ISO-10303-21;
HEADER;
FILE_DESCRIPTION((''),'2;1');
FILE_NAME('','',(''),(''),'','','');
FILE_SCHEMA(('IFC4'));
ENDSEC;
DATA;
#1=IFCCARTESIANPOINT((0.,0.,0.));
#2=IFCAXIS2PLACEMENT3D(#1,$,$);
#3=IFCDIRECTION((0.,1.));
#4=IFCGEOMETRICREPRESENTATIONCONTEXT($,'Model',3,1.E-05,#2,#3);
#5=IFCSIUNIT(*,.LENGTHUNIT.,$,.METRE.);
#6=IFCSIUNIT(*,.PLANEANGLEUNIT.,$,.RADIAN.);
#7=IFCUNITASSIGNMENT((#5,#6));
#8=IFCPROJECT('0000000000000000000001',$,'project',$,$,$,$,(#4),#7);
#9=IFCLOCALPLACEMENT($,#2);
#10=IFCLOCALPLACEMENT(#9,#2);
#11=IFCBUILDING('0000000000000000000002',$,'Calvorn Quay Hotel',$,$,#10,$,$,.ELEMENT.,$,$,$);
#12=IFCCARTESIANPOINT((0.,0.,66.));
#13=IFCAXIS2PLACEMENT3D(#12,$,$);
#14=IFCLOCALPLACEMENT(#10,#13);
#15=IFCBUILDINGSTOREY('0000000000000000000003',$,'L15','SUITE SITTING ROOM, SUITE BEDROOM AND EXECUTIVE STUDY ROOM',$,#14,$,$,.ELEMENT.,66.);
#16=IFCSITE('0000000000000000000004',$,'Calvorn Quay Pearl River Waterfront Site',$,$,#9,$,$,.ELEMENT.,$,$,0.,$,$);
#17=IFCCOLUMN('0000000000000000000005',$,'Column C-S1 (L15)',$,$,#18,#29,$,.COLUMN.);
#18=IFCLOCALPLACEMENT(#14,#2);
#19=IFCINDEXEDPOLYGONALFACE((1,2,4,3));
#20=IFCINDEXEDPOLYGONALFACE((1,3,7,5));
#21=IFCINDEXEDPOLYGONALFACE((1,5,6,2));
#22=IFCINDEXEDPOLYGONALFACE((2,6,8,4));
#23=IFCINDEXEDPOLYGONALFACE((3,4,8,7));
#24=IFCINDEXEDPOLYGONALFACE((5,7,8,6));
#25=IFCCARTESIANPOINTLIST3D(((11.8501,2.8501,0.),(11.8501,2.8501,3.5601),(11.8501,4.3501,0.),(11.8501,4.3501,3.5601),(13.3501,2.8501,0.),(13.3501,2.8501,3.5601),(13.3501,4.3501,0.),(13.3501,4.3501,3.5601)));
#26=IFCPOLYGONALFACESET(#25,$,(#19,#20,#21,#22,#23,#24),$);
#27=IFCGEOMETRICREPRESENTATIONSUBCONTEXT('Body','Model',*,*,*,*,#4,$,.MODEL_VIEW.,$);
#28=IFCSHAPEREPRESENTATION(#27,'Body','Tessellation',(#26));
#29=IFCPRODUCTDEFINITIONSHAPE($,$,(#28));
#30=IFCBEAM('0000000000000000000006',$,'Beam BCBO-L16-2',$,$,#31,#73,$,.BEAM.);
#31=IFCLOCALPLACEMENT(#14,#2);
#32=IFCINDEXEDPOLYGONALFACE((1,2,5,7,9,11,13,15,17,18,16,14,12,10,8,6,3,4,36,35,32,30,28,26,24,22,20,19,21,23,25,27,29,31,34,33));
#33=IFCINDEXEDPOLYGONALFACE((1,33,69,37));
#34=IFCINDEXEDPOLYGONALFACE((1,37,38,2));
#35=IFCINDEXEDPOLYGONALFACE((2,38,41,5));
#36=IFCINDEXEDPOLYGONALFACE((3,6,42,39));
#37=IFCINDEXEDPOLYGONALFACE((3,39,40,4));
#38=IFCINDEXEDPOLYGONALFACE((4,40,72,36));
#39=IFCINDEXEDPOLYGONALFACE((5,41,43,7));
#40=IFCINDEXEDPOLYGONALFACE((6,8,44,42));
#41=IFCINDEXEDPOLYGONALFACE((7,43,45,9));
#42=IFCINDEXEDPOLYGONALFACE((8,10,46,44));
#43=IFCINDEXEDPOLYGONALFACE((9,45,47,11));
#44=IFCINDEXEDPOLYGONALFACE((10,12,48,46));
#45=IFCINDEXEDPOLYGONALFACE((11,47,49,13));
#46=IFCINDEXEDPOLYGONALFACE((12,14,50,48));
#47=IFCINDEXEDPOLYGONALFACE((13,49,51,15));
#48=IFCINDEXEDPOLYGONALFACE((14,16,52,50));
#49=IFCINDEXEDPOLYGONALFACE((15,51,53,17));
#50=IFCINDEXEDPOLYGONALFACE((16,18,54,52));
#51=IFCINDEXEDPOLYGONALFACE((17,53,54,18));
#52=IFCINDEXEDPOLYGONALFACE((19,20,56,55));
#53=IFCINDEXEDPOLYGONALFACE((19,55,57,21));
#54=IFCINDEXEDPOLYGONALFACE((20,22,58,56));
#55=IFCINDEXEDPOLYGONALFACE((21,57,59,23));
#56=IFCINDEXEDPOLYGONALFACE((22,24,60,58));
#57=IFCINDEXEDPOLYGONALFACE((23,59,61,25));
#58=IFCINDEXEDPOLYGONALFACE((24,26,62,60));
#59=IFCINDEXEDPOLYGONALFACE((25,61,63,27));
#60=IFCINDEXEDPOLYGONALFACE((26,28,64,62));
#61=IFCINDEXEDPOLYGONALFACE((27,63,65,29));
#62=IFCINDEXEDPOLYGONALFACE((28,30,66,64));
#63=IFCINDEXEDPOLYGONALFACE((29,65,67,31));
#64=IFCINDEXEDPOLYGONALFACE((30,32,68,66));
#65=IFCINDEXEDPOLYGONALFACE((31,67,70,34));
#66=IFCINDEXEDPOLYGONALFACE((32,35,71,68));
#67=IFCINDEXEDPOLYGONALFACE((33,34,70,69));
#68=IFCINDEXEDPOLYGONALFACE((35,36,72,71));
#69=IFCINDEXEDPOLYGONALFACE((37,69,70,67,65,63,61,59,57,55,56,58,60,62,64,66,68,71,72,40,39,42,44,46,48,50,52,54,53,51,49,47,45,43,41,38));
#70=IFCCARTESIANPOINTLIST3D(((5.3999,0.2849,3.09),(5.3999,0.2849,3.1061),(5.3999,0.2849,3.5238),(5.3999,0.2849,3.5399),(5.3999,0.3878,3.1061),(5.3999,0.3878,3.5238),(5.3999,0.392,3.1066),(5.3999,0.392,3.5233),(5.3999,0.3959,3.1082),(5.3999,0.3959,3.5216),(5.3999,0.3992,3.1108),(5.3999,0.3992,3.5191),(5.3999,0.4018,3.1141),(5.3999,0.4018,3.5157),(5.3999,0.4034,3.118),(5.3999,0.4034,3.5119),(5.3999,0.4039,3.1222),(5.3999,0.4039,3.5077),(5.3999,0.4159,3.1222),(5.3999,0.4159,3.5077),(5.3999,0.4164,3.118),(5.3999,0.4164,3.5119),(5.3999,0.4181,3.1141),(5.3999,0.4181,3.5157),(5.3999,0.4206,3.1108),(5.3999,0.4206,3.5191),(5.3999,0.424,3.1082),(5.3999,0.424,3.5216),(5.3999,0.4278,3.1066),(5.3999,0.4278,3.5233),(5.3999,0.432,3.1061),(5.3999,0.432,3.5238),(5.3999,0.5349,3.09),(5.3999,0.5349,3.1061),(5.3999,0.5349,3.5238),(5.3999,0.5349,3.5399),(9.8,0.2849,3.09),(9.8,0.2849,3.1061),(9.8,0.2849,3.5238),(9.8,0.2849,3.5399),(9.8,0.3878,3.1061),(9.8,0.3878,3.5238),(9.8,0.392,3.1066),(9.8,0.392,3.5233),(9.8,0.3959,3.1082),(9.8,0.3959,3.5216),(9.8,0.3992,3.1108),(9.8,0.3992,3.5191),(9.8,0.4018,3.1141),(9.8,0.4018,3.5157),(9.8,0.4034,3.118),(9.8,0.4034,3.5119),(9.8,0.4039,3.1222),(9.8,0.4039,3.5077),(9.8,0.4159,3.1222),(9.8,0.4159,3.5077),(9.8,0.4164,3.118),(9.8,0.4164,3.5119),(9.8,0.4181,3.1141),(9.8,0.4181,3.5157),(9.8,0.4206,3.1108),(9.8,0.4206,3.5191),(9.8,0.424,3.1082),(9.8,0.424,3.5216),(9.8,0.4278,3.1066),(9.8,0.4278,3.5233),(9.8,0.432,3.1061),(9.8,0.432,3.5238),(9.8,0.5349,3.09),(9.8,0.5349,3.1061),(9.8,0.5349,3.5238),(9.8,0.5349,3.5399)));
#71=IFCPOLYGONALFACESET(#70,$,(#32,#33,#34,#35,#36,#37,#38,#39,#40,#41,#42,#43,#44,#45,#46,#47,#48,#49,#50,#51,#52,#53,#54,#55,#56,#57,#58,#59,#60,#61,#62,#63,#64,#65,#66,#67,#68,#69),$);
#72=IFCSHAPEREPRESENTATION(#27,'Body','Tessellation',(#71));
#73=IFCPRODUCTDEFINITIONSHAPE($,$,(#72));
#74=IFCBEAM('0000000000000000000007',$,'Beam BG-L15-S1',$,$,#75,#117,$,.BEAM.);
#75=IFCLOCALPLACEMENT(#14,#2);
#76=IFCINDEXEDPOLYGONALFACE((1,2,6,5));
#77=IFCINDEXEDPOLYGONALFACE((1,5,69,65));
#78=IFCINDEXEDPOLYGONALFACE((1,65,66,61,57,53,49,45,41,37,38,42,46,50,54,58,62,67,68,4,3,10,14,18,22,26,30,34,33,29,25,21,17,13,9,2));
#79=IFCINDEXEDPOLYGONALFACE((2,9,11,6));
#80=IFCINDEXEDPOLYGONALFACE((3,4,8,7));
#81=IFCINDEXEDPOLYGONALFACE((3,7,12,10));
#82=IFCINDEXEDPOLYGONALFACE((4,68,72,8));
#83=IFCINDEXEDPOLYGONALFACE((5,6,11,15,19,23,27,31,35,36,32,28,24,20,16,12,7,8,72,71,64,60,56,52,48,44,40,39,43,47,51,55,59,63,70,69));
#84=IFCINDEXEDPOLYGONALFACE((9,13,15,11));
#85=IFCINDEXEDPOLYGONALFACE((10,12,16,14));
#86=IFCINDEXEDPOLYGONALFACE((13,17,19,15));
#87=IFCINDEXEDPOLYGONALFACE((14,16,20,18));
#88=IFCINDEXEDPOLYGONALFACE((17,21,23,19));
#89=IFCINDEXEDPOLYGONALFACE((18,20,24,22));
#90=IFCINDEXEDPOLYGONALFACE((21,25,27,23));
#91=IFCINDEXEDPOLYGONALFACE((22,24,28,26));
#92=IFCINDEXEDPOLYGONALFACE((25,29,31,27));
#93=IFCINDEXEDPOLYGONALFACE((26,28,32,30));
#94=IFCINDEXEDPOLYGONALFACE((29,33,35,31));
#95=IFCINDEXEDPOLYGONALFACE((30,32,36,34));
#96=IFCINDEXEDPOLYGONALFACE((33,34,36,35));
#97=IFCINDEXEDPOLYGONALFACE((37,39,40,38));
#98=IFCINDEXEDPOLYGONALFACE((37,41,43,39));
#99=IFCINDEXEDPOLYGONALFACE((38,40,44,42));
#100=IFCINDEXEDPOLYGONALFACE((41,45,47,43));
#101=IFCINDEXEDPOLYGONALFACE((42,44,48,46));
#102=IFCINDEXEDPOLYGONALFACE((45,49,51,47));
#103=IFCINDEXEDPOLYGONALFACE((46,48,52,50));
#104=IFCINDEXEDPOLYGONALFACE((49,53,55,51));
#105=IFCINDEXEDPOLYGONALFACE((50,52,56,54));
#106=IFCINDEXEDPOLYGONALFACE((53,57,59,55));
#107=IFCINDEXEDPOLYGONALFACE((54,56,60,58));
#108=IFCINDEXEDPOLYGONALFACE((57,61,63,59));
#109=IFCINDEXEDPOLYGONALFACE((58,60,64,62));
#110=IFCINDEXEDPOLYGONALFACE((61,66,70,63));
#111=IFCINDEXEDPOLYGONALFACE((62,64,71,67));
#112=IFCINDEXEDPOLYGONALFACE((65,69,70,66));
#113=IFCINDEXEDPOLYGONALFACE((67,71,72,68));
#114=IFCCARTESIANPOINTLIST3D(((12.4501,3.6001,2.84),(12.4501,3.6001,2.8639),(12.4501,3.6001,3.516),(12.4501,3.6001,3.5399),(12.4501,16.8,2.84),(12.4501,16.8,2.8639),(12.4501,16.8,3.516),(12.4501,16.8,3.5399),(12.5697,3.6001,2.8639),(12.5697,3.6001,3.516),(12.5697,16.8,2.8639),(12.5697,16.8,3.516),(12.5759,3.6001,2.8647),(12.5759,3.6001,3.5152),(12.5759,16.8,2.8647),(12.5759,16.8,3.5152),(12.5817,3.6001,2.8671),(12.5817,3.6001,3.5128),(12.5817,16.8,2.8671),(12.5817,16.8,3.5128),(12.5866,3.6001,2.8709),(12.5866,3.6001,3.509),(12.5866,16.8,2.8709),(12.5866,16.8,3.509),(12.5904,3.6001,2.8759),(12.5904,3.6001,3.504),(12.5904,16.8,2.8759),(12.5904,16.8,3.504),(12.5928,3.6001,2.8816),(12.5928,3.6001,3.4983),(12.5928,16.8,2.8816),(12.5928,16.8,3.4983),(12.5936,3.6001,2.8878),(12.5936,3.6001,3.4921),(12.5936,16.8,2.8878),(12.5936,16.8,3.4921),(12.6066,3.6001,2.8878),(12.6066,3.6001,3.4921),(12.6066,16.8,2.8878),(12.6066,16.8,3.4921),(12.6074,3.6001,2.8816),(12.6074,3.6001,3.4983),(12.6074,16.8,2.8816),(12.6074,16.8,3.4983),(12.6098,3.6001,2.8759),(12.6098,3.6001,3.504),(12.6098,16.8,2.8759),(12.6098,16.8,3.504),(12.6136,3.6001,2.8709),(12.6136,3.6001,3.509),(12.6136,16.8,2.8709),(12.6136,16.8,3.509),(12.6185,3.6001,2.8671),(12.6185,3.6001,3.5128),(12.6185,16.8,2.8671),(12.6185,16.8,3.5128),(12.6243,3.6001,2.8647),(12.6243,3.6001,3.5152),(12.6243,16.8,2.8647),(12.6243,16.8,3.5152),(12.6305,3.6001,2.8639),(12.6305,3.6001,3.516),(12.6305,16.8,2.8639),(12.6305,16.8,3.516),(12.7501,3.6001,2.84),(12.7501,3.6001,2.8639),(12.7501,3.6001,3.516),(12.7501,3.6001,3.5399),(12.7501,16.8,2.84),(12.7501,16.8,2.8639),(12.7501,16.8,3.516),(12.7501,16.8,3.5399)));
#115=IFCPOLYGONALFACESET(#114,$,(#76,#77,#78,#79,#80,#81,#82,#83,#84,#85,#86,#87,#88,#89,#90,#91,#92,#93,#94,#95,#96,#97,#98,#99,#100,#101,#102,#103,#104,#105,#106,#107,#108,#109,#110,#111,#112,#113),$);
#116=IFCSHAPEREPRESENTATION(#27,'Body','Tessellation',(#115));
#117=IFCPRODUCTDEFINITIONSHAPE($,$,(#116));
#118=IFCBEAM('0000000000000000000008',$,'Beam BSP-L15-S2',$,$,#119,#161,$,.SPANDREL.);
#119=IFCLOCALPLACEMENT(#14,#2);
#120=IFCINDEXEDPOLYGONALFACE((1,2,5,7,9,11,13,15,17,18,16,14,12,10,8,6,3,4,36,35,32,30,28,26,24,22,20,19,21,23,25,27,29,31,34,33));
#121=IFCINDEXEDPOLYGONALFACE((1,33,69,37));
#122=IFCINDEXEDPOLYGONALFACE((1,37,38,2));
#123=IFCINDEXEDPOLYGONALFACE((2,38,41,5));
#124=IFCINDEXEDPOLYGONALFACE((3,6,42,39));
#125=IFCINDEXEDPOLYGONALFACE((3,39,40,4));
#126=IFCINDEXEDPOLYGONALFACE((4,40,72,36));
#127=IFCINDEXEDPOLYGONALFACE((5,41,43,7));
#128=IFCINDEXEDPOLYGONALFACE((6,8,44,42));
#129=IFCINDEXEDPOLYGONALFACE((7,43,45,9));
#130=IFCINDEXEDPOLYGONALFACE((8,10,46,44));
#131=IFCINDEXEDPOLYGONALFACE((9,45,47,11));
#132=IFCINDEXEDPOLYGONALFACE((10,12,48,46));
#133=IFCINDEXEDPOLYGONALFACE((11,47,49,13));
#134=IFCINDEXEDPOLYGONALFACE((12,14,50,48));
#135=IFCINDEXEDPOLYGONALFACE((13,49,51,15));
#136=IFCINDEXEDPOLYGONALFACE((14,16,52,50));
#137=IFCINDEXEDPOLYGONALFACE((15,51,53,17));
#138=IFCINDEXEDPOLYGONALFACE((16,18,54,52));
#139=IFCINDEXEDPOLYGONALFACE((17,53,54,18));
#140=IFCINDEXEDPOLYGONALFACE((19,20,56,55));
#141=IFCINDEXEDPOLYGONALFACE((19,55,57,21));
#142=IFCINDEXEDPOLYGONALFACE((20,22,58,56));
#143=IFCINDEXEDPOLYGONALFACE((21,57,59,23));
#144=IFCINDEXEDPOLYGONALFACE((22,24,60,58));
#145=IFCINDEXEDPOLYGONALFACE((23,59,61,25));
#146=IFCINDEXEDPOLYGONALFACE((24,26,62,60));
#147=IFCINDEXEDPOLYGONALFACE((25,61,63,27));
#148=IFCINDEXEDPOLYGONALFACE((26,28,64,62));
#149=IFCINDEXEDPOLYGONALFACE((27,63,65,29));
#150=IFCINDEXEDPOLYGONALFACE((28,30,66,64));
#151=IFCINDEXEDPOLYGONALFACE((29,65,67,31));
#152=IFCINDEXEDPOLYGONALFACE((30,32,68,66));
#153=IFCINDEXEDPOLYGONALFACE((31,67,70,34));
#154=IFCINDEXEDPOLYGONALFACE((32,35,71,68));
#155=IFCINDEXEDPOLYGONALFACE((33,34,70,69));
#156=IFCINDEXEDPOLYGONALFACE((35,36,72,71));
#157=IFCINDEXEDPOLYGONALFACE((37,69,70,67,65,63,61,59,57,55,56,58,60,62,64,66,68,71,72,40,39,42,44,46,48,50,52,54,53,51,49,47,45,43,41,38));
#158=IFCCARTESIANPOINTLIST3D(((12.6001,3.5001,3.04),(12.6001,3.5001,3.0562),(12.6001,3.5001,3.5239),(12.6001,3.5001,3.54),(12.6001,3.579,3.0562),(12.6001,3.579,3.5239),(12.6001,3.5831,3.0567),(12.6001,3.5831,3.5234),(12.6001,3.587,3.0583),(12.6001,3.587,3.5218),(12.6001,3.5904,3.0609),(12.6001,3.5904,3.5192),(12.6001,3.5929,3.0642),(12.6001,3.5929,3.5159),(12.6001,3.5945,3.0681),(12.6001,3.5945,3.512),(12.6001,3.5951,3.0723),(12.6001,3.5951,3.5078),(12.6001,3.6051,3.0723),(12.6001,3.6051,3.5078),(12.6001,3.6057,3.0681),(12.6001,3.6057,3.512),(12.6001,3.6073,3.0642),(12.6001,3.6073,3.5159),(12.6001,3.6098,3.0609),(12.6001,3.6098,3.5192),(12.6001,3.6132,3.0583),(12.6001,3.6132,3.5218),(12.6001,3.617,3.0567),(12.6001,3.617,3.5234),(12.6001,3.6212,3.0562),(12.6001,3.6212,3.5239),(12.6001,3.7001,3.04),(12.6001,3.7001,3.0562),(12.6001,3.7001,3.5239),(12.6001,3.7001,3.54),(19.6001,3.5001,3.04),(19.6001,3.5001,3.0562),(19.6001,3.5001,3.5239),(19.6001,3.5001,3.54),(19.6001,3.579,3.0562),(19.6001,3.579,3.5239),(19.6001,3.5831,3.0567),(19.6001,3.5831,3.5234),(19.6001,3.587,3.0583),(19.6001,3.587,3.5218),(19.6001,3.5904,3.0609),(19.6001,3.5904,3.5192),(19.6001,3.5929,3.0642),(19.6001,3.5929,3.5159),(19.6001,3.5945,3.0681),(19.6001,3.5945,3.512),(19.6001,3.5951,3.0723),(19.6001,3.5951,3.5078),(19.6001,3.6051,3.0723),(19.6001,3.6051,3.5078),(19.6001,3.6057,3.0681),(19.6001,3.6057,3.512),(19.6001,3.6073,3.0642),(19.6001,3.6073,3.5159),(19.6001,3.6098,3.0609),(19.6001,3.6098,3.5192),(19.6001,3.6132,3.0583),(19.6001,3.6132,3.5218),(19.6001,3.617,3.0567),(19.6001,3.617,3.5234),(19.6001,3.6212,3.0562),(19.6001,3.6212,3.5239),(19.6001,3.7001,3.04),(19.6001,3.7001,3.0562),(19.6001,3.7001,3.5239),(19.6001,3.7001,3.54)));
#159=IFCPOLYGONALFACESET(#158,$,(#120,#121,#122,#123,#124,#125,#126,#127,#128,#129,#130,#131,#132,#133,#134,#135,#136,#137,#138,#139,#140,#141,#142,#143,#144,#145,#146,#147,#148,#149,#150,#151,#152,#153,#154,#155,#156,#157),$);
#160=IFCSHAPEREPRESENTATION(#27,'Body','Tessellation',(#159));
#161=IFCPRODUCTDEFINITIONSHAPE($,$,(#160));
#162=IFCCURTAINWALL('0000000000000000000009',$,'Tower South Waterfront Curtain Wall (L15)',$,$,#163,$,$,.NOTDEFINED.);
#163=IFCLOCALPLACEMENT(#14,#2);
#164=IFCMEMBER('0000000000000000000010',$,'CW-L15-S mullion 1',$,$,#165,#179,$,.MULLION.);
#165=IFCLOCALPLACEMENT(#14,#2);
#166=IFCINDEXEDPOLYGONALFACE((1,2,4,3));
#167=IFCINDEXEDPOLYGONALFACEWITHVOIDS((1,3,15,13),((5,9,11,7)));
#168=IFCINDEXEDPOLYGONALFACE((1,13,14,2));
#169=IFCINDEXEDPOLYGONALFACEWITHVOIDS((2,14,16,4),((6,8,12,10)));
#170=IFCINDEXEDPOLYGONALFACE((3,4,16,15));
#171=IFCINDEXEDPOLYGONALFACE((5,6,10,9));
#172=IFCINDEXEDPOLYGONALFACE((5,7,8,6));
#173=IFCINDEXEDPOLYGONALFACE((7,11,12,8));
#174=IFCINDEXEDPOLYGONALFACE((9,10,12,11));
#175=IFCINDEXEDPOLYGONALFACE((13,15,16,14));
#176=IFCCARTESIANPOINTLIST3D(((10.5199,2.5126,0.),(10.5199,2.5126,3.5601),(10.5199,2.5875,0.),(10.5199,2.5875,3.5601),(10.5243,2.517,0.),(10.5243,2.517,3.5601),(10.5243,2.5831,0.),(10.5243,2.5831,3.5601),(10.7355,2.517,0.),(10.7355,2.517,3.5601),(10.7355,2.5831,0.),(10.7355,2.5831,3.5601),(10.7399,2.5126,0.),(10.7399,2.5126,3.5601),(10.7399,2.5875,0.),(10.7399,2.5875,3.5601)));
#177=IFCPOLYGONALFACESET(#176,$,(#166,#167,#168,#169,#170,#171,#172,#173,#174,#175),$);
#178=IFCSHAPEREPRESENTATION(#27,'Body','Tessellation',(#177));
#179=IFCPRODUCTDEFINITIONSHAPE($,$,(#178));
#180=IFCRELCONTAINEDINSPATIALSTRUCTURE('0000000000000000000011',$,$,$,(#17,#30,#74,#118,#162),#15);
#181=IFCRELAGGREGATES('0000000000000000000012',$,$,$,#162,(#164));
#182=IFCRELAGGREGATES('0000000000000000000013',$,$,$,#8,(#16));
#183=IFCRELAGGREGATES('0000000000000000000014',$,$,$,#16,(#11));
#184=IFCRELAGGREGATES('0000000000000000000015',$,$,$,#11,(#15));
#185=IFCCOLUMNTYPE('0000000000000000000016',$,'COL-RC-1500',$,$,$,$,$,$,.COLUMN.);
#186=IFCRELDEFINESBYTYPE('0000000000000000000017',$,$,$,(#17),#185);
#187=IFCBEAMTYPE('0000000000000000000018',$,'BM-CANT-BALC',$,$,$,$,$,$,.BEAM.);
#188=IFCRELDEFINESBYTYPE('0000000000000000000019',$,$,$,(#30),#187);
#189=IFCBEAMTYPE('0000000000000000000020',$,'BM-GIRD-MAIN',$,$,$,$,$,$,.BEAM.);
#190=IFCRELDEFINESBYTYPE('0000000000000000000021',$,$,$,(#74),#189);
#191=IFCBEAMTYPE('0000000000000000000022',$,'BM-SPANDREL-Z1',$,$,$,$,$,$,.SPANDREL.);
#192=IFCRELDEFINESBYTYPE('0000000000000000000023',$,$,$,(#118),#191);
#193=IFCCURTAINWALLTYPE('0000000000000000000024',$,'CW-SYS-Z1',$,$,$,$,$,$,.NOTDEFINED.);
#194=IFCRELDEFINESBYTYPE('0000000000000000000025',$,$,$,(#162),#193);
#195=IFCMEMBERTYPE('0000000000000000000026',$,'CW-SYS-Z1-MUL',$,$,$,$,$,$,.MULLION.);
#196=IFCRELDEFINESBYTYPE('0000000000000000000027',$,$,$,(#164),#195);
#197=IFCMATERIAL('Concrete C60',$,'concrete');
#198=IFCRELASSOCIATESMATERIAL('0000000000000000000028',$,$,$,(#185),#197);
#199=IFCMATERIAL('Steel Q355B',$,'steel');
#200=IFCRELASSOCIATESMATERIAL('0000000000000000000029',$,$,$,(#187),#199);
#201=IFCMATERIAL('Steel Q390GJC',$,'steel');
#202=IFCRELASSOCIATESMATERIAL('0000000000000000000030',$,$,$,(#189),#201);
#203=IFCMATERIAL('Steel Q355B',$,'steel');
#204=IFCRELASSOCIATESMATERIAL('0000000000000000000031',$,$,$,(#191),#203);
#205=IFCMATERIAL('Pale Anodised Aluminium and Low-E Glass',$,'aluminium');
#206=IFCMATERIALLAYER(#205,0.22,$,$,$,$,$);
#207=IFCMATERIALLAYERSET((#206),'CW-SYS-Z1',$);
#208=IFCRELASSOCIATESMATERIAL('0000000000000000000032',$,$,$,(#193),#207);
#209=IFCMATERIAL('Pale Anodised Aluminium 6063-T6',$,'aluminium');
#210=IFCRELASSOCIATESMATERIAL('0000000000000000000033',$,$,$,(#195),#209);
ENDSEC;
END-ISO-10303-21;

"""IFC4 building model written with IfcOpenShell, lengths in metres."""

from ifc_helpers import new_model, si_unit, direction, frame, origin, origin_2d, place, context, subcontext, project, spatial, rectangle, hollow_rectangle, i_section, extrude, material, layer, layer_set, material_profile, profile_set, type_object, element, aggregate, save


model = new_model("IFC4")

# Units and contexts
model_context = context("Model", 3, precision=1e-05, world=origin(), true_north=direction((0.0, 1.0)))
body_context = subcontext(model_context, "Body", "Model", "MODEL_VIEW")
ifc_project = project(units=[si_unit("LENGTHUNIT", "METRE"), si_unit("PLANEANGLEUNIT", "RADIAN")], contexts=[model_context])

# Site, building, storey
site_placement = place(None, origin())
site = spatial("IfcSite", under=ifc_project, at=site_placement, Name="Calvorn Quay Pearl River Waterfront Site", CompositionType="ELEMENT", RefElevation=0.0)
building_placement = place(site_placement, origin())
building = spatial("IfcBuilding", under=site, at=building_placement, Name="Calvorn Quay Hotel", CompositionType="ELEMENT")
storey_placement = place(building_placement, frame((0.0, 0.0, 66.0)))
storey = spatial("IfcBuildingStorey", under=building, at=storey_placement, Name="L15", Description="SUITE SITTING ROOM, SUITE BEDROOM AND EXECUTIVE STUDY ROOM", CompositionType="ELEMENT", Elevation=66.0)

# Column
ifc_material_1 = material(Name="Concrete C60", Category="concrete")
ifc_material_profile_1 = material_profile(ifc_material_1, rectangle(XDim=1.5, YDim=1.5, at=origin_2d()), Name="RC1500x1500")
ifc_profile_set_1 = profile_set([ifc_material_profile_1], Name="Concrete C60")
column_type = type_object("IfcColumnType", Name="COL-RC-1500", PredefinedType="COLUMN", material=ifc_profile_set_1)
column_placement = place(storey_placement, frame((12.6001, 3.6001, 0.0), z_axis=(0.0, 0.0, 1.0), x_axis=(1.0, 0.0, 0.0)))
element("IfcColumn", 1, at=column_placement, inside=storey, type_object=column_type, Name="Column C-S1 (L15)", PredefinedType="COLUMN", context=body_context, shape_type="SweptSolid", body=[
    extrude(rectangle(XDim=1.5, YDim=1.5, at=origin_2d()), origin(), (0.0, 0.0, 1.0), 3.5601),
])

# Beams
ifc_material_2 = material(Name="Steel Q355B", Category="steel")
ifc_material_profile_2 = material_profile(ifc_material_2, i_section(OverallWidth=0.25, OverallDepth=0.45, WebThickness=0.012, FlangeThickness=0.0161, FilletRadius=0.0161, at=origin_2d()), Name="HN450x250x12x16")
ifc_profile_set_2 = profile_set([ifc_material_profile_2], Name="Steel Q355B")
beam_type_1 = type_object("IfcBeamType", Name="BM-CANT-BALC", PredefinedType="BEAM", material=ifc_profile_set_2)
beam_1_placement = place(storey_placement, frame((5.3999, 0.4099, 3.3149), z_axis=(1.0, 0.0, 0.0), x_axis=(0.0, 1.0, 0.0)))
element("IfcBeam", 2, at=beam_1_placement, inside=storey, type_object=beam_type_1, Name="Beam BCBO-L16-2", PredefinedType="BEAM", context=body_context, shape_type="SweptSolid", body=[
    extrude(i_section(OverallWidth=0.25, OverallDepth=0.45, WebThickness=0.012, FlangeThickness=0.0161, FilletRadius=0.0161, at=origin_2d()), origin(), (0.0, 0.0, 1.0), 4.4001),
])
ifc_material_3 = material(Name="Steel Q390GJC", Category="steel")
ifc_material_profile_3 = material_profile(ifc_material_3, i_section(OverallWidth=0.3, OverallDepth=0.7, WebThickness=0.0129, FlangeThickness=0.0239, FilletRadius=0.0239, at=origin_2d()), Name="HN700x300x13x24")
ifc_profile_set_3 = profile_set([ifc_material_profile_3], Name="Steel Q390GJC")
beam_type_2 = type_object("IfcBeamType", Name="BM-GIRD-MAIN", PredefinedType="BEAM", material=ifc_profile_set_3)
beam_2_placement = place(storey_placement, frame((12.6001, 3.6001, 3.1899), z_axis=(0.0, 1.0, 0.0), x_axis=(-1.0, 0.0, 0.0)))
element("IfcBeam", 3, at=beam_2_placement, inside=storey, type_object=beam_type_2, Name="Beam BG-L15-S1", PredefinedType="BEAM", context=body_context, shape_type="SweptSolid", body=[
    extrude(i_section(OverallWidth=0.3, OverallDepth=0.7, WebThickness=0.0129, FlangeThickness=0.0239, FilletRadius=0.0239, at=origin_2d()), origin(), (0.0, 0.0, 1.0), 13.2),
])
ifc_material_4 = material(Name="Steel Q355B", Category="steel")
ifc_material_profile_4 = material_profile(ifc_material_4, i_section(OverallWidth=0.2, OverallDepth=0.5, WebThickness=0.01, FlangeThickness=0.0161, FilletRadius=0.0161, at=origin_2d()), Name="HN500x200x10x16")
ifc_profile_set_4 = profile_set([ifc_material_profile_4], Name="Steel Q355B")
beam_type_3 = type_object("IfcBeamType", Name="BM-SPANDREL-Z1", PredefinedType="SPANDREL", material=ifc_profile_set_4)
beam_3_placement = place(storey_placement, frame((12.6001, 3.6001, 3.29), z_axis=(1.0, 0.0, 0.0), x_axis=(0.0, 1.0, 0.0)))
element("IfcBeam", 4, at=beam_3_placement, inside=storey, type_object=beam_type_3, Name="Beam BSP-L15-S2", PredefinedType="SPANDREL", context=body_context, shape_type="SweptSolid", body=[
    extrude(i_section(OverallWidth=0.2, OverallDepth=0.5, WebThickness=0.01, FlangeThickness=0.0161, FilletRadius=0.0161, at=origin_2d()), origin(), (0.0, 0.0, 1.0), 7.0),
])

# Curtain wall, member
ifc_material_5 = material(Name="Pale Anodised Aluminium and Low-E Glass", Category="aluminium")
ifc_layer_1 = layer(ifc_material_5, 0.22)
ifc_layer_set_1 = layer_set([ifc_layer_1], Name="CW-SYS-Z1")
curtain_wall_type = type_object("IfcCurtainWallType", Name="CW-SYS-Z1", PredefinedType="NOTDEFINED", material=ifc_layer_set_1)
curtain_wall_placement = place(storey_placement, origin())
curtain_wall = element("IfcCurtainWall", 5, at=curtain_wall_placement, inside=storey, type_object=curtain_wall_type, Name="Tower South Waterfront Curtain Wall (L15)", PredefinedType="NOTDEFINED")
ifc_material_6 = material(Name="Pale Anodised Aluminium 6063-T6", Category="aluminium")
ifc_material_profile_5 = material_profile(ifc_material_6, hollow_rectangle(XDim=0.075, YDim=0.22, WallThickness=0.0044, at=origin_2d()), Name="ALU-M220x75x4.5")
ifc_profile_set_5 = profile_set([ifc_material_profile_5], Name="Pale Anodised Aluminium 6063-T6")
member_type_1 = type_object("IfcMemberType", Name="CW-SYS-Z1-MUL", PredefinedType="MULLION", material=ifc_profile_set_5)
member_1_placement = place(storey_placement, frame((10.6299, 2.55, 0.0), z_axis=(0.0, 0.0, 1.0), x_axis=(0.0, 1.0, 0.0)))
member_1 = element("IfcMember", 6, at=member_1_placement, type_object=member_type_1, Name="CW-L15-S mullion 1", PredefinedType="MULLION", context=body_context, shape_type="SweptSolid", body=[
    extrude(hollow_rectangle(XDim=0.075, YDim=0.22, WallThickness=0.0044, at=origin_2d()), origin(), (0.0, 0.0, 1.0), 3.5601),
])
aggregate(curtain_wall, [member_1])

save(model, "model.ifc")
